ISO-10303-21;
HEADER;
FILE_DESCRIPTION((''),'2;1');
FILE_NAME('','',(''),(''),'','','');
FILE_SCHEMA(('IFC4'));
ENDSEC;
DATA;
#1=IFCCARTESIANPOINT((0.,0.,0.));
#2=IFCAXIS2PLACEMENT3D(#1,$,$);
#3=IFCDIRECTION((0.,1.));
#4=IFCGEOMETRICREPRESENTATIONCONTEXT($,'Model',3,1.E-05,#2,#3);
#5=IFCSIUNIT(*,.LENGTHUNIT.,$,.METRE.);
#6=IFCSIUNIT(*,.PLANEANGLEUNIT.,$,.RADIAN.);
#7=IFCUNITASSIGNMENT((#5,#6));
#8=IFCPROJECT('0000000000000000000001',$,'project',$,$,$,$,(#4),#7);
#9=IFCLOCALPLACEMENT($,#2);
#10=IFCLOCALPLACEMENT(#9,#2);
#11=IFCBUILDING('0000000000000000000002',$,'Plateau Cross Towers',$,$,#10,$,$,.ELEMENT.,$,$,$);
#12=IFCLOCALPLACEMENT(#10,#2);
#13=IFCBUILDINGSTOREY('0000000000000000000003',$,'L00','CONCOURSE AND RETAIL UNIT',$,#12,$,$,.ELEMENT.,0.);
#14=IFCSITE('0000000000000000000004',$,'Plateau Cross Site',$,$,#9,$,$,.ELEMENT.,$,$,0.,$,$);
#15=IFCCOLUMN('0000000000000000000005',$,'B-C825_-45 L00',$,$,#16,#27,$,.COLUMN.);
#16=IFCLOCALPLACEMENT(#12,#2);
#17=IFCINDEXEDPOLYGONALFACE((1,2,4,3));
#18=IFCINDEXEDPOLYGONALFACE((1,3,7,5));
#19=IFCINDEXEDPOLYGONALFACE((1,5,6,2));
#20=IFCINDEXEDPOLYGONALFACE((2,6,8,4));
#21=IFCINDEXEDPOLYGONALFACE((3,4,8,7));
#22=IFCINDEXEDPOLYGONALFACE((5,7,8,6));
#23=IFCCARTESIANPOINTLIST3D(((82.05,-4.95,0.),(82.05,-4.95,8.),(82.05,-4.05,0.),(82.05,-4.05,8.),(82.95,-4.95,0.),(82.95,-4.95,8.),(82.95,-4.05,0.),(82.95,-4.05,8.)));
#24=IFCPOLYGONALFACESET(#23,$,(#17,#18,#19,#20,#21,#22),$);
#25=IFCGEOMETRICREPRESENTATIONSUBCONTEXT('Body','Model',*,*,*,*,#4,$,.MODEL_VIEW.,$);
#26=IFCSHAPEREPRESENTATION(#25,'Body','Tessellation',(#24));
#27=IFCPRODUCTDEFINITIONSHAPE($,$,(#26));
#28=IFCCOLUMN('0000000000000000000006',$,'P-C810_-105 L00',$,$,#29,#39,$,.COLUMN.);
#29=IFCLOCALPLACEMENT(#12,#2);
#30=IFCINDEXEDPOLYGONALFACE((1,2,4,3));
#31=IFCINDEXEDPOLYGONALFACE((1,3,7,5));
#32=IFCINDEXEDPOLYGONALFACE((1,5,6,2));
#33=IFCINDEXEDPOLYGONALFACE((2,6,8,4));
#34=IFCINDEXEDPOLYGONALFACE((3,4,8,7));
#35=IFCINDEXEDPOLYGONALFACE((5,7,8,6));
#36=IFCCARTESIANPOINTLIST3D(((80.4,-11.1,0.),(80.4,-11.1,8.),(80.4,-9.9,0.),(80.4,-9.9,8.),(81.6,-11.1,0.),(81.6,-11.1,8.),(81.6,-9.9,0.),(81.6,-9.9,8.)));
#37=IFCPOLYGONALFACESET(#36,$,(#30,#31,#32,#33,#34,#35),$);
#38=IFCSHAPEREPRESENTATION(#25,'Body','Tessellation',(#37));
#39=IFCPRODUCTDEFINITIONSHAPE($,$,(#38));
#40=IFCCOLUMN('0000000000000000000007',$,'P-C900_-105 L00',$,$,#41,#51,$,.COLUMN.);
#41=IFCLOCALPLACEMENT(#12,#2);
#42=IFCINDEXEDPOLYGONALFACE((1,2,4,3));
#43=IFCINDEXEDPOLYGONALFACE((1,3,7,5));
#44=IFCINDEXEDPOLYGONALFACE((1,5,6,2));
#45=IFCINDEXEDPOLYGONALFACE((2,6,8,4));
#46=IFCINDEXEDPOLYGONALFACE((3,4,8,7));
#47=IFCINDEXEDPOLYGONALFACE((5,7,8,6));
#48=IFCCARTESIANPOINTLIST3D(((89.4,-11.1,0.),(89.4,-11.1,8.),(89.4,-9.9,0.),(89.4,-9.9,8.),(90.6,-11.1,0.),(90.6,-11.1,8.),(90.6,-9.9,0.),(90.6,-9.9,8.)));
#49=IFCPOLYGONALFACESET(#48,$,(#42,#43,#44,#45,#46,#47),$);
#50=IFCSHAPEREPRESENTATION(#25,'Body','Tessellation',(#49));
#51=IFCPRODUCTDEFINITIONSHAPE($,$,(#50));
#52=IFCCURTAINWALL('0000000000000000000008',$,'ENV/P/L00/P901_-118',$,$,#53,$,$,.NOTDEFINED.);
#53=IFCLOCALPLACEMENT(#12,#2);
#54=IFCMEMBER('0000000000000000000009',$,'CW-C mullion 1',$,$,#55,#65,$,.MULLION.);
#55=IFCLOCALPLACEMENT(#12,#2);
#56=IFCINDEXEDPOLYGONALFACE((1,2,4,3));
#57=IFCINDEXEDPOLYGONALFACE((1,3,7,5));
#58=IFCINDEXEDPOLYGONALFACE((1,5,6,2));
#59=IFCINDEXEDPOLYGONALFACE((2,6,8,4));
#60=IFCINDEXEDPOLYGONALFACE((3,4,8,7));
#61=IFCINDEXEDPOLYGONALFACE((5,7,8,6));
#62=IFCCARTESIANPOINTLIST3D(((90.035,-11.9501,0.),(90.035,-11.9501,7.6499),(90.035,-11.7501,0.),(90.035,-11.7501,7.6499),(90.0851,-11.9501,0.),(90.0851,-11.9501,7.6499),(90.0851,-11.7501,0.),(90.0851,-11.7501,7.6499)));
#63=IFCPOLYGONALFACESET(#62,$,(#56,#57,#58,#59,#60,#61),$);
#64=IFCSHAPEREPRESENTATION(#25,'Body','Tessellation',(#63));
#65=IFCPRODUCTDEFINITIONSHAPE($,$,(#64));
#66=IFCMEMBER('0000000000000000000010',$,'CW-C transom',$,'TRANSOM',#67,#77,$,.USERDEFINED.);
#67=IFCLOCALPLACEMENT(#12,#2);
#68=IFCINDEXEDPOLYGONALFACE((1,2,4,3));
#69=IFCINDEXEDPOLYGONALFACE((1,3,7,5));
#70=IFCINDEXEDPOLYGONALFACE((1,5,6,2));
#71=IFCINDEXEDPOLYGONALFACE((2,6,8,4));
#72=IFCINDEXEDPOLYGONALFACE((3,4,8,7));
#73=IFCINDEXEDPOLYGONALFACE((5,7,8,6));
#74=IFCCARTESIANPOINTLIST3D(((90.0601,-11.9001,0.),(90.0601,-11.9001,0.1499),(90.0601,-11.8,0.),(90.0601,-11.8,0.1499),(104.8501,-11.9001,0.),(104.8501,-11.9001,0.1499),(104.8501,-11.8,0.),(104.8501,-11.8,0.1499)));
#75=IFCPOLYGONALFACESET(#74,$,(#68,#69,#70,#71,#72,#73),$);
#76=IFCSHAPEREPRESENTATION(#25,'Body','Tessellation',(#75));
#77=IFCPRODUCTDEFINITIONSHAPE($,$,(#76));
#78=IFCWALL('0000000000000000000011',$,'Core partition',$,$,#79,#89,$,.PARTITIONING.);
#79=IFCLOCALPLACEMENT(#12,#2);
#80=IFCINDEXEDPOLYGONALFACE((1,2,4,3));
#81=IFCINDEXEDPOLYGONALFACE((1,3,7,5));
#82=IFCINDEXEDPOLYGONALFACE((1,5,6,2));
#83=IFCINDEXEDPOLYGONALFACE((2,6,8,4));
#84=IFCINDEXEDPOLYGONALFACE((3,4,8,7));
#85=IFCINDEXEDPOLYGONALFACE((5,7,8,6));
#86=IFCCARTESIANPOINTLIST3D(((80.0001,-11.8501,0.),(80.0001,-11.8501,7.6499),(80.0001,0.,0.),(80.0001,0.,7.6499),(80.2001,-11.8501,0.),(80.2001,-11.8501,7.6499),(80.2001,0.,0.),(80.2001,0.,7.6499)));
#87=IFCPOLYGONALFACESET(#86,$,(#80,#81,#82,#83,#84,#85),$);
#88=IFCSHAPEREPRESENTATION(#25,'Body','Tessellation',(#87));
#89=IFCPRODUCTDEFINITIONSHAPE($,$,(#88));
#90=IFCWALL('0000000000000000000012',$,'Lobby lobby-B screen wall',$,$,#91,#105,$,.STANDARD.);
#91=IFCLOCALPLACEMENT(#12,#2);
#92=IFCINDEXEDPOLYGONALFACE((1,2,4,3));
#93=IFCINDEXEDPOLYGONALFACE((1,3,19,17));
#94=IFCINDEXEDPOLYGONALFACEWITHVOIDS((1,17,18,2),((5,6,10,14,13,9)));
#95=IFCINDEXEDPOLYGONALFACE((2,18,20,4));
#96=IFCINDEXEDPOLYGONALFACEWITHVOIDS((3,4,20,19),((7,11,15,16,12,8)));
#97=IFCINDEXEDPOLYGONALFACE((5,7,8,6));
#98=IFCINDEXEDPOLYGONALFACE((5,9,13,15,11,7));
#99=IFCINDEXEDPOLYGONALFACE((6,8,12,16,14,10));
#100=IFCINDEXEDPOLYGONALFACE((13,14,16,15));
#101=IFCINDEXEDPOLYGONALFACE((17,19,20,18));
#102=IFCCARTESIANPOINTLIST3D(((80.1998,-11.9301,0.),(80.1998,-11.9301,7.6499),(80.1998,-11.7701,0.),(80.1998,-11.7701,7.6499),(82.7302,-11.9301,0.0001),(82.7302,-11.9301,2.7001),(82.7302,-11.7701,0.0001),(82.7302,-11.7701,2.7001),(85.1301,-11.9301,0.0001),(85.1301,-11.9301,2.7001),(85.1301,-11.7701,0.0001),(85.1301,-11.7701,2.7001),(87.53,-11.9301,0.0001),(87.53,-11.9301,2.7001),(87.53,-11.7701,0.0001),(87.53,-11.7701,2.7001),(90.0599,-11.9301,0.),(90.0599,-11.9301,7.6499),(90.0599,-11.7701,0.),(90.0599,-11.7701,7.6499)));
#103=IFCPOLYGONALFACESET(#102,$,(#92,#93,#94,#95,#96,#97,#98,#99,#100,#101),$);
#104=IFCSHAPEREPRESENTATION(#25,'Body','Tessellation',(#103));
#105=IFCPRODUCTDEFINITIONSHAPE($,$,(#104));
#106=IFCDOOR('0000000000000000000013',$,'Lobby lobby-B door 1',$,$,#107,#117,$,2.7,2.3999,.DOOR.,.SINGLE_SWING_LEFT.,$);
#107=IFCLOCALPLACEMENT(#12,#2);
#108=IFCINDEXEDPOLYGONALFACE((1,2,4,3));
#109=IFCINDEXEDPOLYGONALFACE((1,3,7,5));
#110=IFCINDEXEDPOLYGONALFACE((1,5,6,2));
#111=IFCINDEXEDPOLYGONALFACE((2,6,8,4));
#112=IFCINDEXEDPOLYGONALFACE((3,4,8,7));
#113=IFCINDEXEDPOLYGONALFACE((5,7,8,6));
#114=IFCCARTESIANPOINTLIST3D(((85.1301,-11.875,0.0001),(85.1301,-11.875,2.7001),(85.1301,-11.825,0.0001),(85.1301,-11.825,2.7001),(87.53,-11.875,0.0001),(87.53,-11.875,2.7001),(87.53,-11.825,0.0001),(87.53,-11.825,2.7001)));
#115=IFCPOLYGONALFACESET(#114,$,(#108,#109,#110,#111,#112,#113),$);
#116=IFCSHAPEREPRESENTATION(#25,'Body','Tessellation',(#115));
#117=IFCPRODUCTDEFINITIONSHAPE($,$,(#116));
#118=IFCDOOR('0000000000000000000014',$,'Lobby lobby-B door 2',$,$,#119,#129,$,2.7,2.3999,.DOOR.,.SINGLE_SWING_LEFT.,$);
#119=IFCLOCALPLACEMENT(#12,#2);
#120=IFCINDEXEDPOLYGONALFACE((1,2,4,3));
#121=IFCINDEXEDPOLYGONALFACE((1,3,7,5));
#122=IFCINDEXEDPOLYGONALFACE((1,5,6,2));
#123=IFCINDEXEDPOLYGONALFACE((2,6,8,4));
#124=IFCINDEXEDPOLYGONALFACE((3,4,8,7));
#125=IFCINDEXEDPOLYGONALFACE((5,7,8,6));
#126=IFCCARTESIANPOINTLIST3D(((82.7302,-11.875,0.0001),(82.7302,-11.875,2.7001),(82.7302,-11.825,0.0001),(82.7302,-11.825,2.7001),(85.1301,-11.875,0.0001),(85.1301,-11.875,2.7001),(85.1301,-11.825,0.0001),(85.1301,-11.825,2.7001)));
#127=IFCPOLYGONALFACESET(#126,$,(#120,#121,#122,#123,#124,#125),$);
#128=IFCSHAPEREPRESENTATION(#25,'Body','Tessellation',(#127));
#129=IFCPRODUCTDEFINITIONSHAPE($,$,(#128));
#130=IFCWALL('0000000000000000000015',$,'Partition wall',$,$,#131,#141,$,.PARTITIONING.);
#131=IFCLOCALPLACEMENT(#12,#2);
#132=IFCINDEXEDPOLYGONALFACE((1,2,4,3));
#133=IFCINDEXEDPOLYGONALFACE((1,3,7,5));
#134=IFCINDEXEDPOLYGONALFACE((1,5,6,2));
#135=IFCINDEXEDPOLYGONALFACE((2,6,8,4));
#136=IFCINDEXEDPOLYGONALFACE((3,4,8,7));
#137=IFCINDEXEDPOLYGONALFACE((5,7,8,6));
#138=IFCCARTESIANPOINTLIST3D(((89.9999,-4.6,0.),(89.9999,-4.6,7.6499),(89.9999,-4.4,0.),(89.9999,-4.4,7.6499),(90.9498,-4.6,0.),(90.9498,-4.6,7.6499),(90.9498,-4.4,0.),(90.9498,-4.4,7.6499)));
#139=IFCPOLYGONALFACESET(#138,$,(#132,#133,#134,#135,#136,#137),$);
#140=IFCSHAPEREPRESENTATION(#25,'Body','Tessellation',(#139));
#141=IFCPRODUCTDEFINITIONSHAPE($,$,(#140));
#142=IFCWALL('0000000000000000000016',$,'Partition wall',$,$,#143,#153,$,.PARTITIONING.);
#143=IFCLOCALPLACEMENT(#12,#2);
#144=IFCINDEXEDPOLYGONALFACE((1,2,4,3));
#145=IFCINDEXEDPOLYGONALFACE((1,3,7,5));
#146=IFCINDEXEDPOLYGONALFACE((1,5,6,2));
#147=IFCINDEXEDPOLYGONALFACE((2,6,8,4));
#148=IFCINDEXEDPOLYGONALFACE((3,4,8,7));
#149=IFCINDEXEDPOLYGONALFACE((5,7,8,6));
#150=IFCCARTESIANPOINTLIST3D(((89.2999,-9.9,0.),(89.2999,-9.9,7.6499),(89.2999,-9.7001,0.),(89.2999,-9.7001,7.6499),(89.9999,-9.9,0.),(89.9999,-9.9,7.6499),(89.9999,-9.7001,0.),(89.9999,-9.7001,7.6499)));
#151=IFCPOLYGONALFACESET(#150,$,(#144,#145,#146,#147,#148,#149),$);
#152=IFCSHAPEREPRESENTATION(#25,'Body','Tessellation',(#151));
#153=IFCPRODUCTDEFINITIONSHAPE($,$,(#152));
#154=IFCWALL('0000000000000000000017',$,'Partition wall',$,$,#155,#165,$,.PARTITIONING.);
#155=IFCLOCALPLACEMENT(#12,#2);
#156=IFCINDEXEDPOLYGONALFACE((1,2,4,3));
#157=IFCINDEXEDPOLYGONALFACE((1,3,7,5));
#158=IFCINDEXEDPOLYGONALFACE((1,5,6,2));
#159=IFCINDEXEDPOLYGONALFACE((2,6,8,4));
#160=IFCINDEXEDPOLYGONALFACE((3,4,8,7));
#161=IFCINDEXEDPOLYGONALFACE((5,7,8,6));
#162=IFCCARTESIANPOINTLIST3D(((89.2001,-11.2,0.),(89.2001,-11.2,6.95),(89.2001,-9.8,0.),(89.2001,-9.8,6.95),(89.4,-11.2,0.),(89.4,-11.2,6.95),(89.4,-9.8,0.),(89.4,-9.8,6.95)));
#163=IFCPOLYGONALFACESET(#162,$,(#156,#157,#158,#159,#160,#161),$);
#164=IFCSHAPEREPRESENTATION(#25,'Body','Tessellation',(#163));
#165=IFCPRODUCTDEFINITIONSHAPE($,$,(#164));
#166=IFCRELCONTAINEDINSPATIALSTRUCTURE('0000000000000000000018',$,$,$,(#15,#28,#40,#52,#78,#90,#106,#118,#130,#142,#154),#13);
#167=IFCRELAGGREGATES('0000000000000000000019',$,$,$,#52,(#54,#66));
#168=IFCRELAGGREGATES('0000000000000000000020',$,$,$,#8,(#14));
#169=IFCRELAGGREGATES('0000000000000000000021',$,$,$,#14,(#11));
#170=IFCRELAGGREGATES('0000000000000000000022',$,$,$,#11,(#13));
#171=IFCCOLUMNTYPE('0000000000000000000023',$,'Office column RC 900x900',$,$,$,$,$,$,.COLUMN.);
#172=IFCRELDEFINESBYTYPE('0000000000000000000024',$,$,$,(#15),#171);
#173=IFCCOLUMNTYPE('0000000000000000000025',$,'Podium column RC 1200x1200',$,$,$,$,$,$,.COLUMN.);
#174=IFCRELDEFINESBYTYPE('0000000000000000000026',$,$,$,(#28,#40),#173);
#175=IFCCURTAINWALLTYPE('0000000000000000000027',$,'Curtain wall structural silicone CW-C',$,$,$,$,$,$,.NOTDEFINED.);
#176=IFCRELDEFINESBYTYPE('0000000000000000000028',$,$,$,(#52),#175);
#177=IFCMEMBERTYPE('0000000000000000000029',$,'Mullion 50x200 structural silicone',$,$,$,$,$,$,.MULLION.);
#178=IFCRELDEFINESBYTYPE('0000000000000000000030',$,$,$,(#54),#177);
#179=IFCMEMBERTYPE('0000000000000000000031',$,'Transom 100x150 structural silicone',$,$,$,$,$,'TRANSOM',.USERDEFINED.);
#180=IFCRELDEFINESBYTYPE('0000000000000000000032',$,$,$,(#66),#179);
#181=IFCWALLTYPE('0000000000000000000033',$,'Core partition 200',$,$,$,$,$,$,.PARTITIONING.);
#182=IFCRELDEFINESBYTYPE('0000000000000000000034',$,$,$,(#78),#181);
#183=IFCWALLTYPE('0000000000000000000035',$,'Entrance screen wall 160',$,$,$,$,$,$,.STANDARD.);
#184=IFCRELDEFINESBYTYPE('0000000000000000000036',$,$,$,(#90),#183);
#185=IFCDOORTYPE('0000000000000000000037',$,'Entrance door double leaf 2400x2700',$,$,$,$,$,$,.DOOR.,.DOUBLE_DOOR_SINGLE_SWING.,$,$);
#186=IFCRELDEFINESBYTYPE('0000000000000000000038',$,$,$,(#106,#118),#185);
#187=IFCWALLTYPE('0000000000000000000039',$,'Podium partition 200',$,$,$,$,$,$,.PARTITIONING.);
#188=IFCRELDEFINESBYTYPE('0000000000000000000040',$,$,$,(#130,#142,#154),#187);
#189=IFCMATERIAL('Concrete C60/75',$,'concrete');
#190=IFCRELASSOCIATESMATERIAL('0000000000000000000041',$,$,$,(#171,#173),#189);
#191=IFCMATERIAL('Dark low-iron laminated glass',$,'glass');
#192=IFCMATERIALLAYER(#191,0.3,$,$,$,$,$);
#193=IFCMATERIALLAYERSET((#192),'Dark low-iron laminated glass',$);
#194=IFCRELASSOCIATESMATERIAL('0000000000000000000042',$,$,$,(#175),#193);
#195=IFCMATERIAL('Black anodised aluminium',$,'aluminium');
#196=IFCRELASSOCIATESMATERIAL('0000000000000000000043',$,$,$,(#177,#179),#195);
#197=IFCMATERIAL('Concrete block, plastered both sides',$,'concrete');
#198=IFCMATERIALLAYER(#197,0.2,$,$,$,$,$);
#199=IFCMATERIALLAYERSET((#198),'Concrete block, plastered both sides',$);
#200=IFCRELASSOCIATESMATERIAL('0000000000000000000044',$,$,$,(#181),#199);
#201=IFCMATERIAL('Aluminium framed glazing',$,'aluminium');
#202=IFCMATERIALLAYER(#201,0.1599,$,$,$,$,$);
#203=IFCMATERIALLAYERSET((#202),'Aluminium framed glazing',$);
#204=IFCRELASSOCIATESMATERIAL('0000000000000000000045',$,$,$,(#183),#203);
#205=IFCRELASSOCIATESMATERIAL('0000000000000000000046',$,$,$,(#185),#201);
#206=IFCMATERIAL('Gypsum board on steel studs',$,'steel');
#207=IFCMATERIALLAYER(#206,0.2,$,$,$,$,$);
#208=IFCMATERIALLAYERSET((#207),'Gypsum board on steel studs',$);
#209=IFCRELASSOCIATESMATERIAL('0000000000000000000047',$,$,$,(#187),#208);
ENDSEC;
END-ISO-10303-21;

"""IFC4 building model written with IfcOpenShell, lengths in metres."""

from ifc_helpers import new_model, si_unit, direction, frame, frame_2d, origin, origin_2d, place, context, subcontext, project, spatial, rectangle, extrude, material, layer, layer_set, material_profile, profile_set, type_object, element, fill, aggregate, save


model = new_model("IFC4")

# Units and contexts
model_context = context("Model", 3, precision=1e-05, world=origin(), true_north=direction((0.0, 1.0)))
body_context = subcontext(model_context, "Body", "Model", "MODEL_VIEW")
ifc_project = project(units=[si_unit("LENGTHUNIT", "METRE"), si_unit("PLANEANGLEUNIT", "RADIAN")], contexts=[model_context])

# Site, building, storey
site_placement = place(None, origin())
site = spatial("IfcSite", under=ifc_project, at=site_placement, Name="Plateau Cross Site", CompositionType="ELEMENT", RefElevation=0.0)
building_placement = place(site_placement, origin())
building = spatial("IfcBuilding", under=site, at=building_placement, Name="Plateau Cross Towers", CompositionType="ELEMENT")
storey_placement = place(building_placement, origin())
storey = spatial("IfcBuildingStorey", under=building, at=storey_placement, Name="L00", Description="CONCOURSE AND RETAIL UNIT", CompositionType="ELEMENT", Elevation=0.0)

# Columns
ifc_material_1 = material(Name="Concrete C60/75", Category="concrete")
ifc_material_profile_1 = material_profile(ifc_material_1, rectangle(XDim=0.8999, YDim=0.8999, at=origin_2d()), Name="RC 900x900")
ifc_profile_set_1 = profile_set([ifc_material_profile_1], Name="Concrete C60/75")
column_type_1 = type_object("IfcColumnType", Name="Office column RC 900x900", PredefinedType="COLUMN", material=ifc_profile_set_1)
column_placement = place(storey_placement, frame((82.5, -4.5, 0.0), z_axis=(0.0, 0.0, 1.0), x_axis=(1.0, 0.0, 0.0)))
element("IfcColumn", 1, at=column_placement, inside=storey, type_object=column_type_1, Name="B-C825_-45 L00", PredefinedType="COLUMN", context=body_context, shape_type="SweptSolid", body=[
    extrude(rectangle(XDim=0.8999, YDim=0.8999, at=origin_2d()), origin(), (0.0, 0.0, 1.0), 8.0),
])
ifc_material_profile_2 = material_profile(ifc_material_1, rectangle(XDim=1.2, YDim=1.2, at=origin_2d()), Name="RC 1200x1200")
ifc_profile_set_2 = profile_set([ifc_material_profile_2], Name="Concrete C60/75")
column_type_2 = type_object("IfcColumnType", Name="Podium column RC 1200x1200", PredefinedType="COLUMN", material=ifc_profile_set_2)
for number, where, z_axis, x_axis, name in (
    (2, (81.0, -10.5, 0.0), (0.0, 0.0, 1.0), (1.0, 0.0, 0.0), "P-C810_-105 L00"),
    (3, (90.0, -10.5, 0.0), (0.0, 0.0, 1.0), (1.0, 0.0, 0.0), "P-C900_-105 L00"),
):
    element("IfcColumn", number, at=place(storey_placement, frame(where, z_axis=z_axis, x_axis=x_axis)), inside=storey, type_object=column_type_2, Name=name, PredefinedType="COLUMN", context=body_context, shape_type="SweptSolid", body=[
        extrude(rectangle(XDim=1.2, YDim=1.2, at=origin_2d()), origin(), (0.0, 0.0, 1.0), 8.0),
    ])

# Curtain wall, members
ifc_material_2 = material(Name="Dark low-iron laminated glass", Category="glass")
ifc_layer_1 = layer(ifc_material_2, 0.3)
ifc_layer_set_1 = layer_set([ifc_layer_1], Name="Dark low-iron laminated glass")
curtain_wall_type = type_object("IfcCurtainWallType", Name="Curtain wall structural silicone CW-C", PredefinedType="NOTDEFINED", material=ifc_layer_set_1)
curtain_wall_placement = place(storey_placement, origin())
curtain_wall = element("IfcCurtainWall", 4, at=curtain_wall_placement, inside=storey, type_object=curtain_wall_type, Name="ENV/P/L00/P901_-118", PredefinedType="NOTDEFINED")
ifc_material_3 = material(Name="Black anodised aluminium", Category="aluminium")
ifc_material_profile_3 = material_profile(ifc_material_3, rectangle(XDim=0.05, YDim=0.2, at=origin_2d()), Name="MULLION 50x200")
ifc_profile_set_3 = profile_set([ifc_material_profile_3], Name="Black anodised aluminium")
member_type_1 = type_object("IfcMemberType", Name="Mullion 50x200 structural silicone", PredefinedType="MULLION", material=ifc_profile_set_3)
member_1_placement = place(storey_placement, frame((90.0601, -11.8501, 0.0), z_axis=(0.0, 0.0, 1.0), x_axis=(1.0, 0.0, 0.0)))
member_1 = element("IfcMember", 5, at=member_1_placement, type_object=member_type_1, Name="CW-C mullion 1", PredefinedType="MULLION", context=body_context, shape_type="SweptSolid", body=[
    extrude(rectangle(XDim=0.05, YDim=0.2, at=origin_2d()), origin(), (0.0, 0.0, 1.0), 7.6499),
])
ifc_material_profile_4 = material_profile(ifc_material_3, rectangle(XDim=0.1001, YDim=0.1499, at=origin_2d()), Name="TRANSOM 100x150")
ifc_profile_set_4 = profile_set([ifc_material_profile_4], Name="Black anodised aluminium")
member_type_2 = type_object("IfcMemberType", Name="Transom 100x150 structural silicone", ElementType="TRANSOM", PredefinedType="USERDEFINED", material=ifc_profile_set_4)
member_2_placement = place(storey_placement, frame((90.0601, -11.8501, 0.075), z_axis=(1.0, 0.0, 0.0), x_axis=(0.0, 1.0, 0.0)))
member_2 = element("IfcMember", 6, at=member_2_placement, type_object=member_type_2, Name="CW-C transom", ObjectType="TRANSOM", PredefinedType="USERDEFINED", context=body_context, shape_type="SweptSolid", body=[
    extrude(rectangle(XDim=0.1001, YDim=0.1499, at=origin_2d()), origin(), (0.0, 0.0, 1.0), 14.79),
])
aggregate(curtain_wall, [member_1, member_2])

# Wall
ifc_material_4 = material(Name="Concrete block, plastered both sides", Category="concrete")
ifc_layer_2 = layer(ifc_material_4, 0.2)
ifc_layer_set_2 = layer_set([ifc_layer_2], Name="Concrete block, plastered both sides")
wall_type_1 = type_object("IfcWallType", Name="Core partition 200", PredefinedType="PARTITIONING", material=ifc_layer_set_2)
wall_1_placement = place(storey_placement, frame((80.1001, -11.8501, 0.0), z_axis=(0.0, 0.0, 1.0), x_axis=(0.0, 1.0, 0.0)))
element("IfcWall", 7, at=wall_1_placement, inside=storey, type_object=wall_type_1, Name="Core partition", PredefinedType="PARTITIONING", context=body_context, shape_type="SweptSolid", body=[
    extrude(rectangle(XDim=11.8501, YDim=0.2, at=frame_2d((5.925, 0.0))), origin(), (0.0, 0.0, 1.0), 7.6499),
])

# Wall, openings, doors
ifc_material_5 = material(Name="Aluminium framed glazing", Category="aluminium")
ifc_layer_3 = layer(ifc_material_5, 0.1599)
ifc_layer_set_3 = layer_set([ifc_layer_3], Name="Aluminium framed glazing")
wall_type_2 = type_object("IfcWallType", Name="Entrance screen wall 160", PredefinedType="STANDARD", material=ifc_layer_set_3)
wall_2_placement = place(storey_placement, frame((90.0601, -11.8501, 0.0), z_axis=(0.0, 0.0, 1.0), x_axis=(-1.0, 0.0, 0.0)))
wall_2 = element("IfcWall", 8, at=wall_2_placement, inside=storey, type_object=wall_type_2, Name="Lobby lobby-B screen wall", PredefinedType="STANDARD", context=body_context, shape_type="SweptSolid", body=[
    extrude(rectangle(XDim=9.8601, YDim=0.1599, at=frame_2d((4.9302, 0.0))), origin(), (0.0, 0.0, 1.0), 7.6499),
])
opening_1_placement = place(wall_2_placement, frame((2.53, 0.0, 0.0)))
opening_1 = element("IfcOpeningElement", 9, at=opening_1_placement, cuts=wall_2, PredefinedType="OPENING", context=body_context, shape_type="SweptSolid", body=[
    extrude(rectangle(XDim=2.3999, YDim=2.7, at=frame_2d((1.2, 1.3501))), frame((0.0, 0.0898, 0.0), z_axis=(0.0, -1.0, 0.0), x_axis=(1.0, 0.0, 0.0)), (0.0, 0.0, 1.0), 0.1799),
])
opening_2_placement = place(wall_2_placement, frame((4.9299, 0.0, 0.0)))
opening_2 = element("IfcOpeningElement", 10, at=opening_2_placement, cuts=wall_2, PredefinedType="OPENING", context=body_context, shape_type="SweptSolid", body=[
    extrude(rectangle(XDim=2.3999, YDim=2.7, at=frame_2d((1.2, 1.3501))), frame((0.0, 0.0898, 0.0), z_axis=(0.0, -1.0, 0.0), x_axis=(1.0, 0.0, 0.0)), (0.0, 0.0, 1.0), 0.1799),
])
door_type_1 = type_object("IfcDoorType", Name="Entrance door double leaf 2400x2700", OperationType="DOUBLE_DOOR_SINGLE_SWING", PredefinedType="DOOR", material=ifc_material_5)
door_1_placement = place(opening_1_placement, origin())
door_1 = element("IfcDoor", 11, at=door_1_placement, inside=storey, type_object=door_type_1, Name="Lobby lobby-B door 1", OperationType="SINGLE_SWING_LEFT", OverallHeight=2.7, OverallWidth=2.3999, PredefinedType="DOOR", context=body_context, shape_type="SweptSolid", body=[
    extrude(rectangle(XDim=2.3999, YDim=2.7, at=frame_2d((1.2, 1.3501))), frame((0.0, 0.0249, 0.0), z_axis=(0.0, -1.0, 0.0), x_axis=(1.0, 0.0, 0.0)), (0.0, 0.0, 1.0), 0.05),
])
fill(opening_1, door_1)
door_2_placement = place(opening_2_placement, origin())
door_2 = element("IfcDoor", 12, at=door_2_placement, inside=storey, type_object=door_type_1, Name="Lobby lobby-B door 2", OperationType="SINGLE_SWING_LEFT", OverallHeight=2.7, OverallWidth=2.3999, PredefinedType="DOOR", context=body_context, shape_type="SweptSolid", body=[
    extrude(rectangle(XDim=2.3999, YDim=2.7, at=frame_2d((1.2, 1.3501))), frame((0.0, 0.0249, 0.0), z_axis=(0.0, -1.0, 0.0), x_axis=(1.0, 0.0, 0.0)), (0.0, 0.0, 1.0), 0.05),
])
fill(opening_2, door_2)

# Wall
ifc_material_6 = material(Name="Gypsum board on steel studs", Category="steel")
ifc_layer_4 = layer(ifc_material_6, 0.2)
ifc_layer_set_4 = layer_set([ifc_layer_4], Name="Gypsum board on steel studs")
wall_type_3 = type_object("IfcWallType", Name="Podium partition 200", PredefinedType="PARTITIONING", material=ifc_layer_set_4)
wall_3_placement = place(storey_placement, frame((90.95, -4.5, 0.0), z_axis=(0.0, 0.0, 1.0), x_axis=(-1.0, 0.0, 0.0)))
element("IfcWall", 13, at=wall_3_placement, inside=storey, type_object=wall_type_3, Name="Partition wall", PredefinedType="PARTITIONING", context=body_context, shape_type="SweptSolid", body=[
    extrude(rectangle(XDim=0.95, YDim=0.2, at=frame_2d((0.4751, 0.0))), origin(), (0.0, 0.0, 1.0), 7.6499),
])

# Walls
wall_4_placement = place(storey_placement, frame((90.0, -9.8, 0.0), z_axis=(0.0, 0.0, 1.0), x_axis=(-1.0, 0.0, 0.0)))
element("IfcWall", 14, at=wall_4_placement, inside=storey, type_object=wall_type_3, Name="Partition wall", PredefinedType="PARTITIONING", context=body_context, shape_type="SweptSolid", body=[
    extrude(rectangle(XDim=0.7, YDim=0.2, at=frame_2d((0.3501, 0.0))), origin(), (0.0, 0.0, 1.0), 7.6499),
])
wall_5_placement = place(storey_placement, frame((89.3, -9.8, 0.0), z_axis=(0.0, 0.0, 1.0), x_axis=(0.0, -1.0, 0.0)))
element("IfcWall", 15, at=wall_5_placement, inside=storey, type_object=wall_type_3, Name="Partition wall", PredefinedType="PARTITIONING", context=body_context, shape_type="SweptSolid", body=[
    extrude(rectangle(XDim=1.3999, YDim=0.2, at=frame_2d((0.7, 0.0))), origin(), (0.0, 0.0, 1.0), 6.95),
])

save(model, "model.ifc")
